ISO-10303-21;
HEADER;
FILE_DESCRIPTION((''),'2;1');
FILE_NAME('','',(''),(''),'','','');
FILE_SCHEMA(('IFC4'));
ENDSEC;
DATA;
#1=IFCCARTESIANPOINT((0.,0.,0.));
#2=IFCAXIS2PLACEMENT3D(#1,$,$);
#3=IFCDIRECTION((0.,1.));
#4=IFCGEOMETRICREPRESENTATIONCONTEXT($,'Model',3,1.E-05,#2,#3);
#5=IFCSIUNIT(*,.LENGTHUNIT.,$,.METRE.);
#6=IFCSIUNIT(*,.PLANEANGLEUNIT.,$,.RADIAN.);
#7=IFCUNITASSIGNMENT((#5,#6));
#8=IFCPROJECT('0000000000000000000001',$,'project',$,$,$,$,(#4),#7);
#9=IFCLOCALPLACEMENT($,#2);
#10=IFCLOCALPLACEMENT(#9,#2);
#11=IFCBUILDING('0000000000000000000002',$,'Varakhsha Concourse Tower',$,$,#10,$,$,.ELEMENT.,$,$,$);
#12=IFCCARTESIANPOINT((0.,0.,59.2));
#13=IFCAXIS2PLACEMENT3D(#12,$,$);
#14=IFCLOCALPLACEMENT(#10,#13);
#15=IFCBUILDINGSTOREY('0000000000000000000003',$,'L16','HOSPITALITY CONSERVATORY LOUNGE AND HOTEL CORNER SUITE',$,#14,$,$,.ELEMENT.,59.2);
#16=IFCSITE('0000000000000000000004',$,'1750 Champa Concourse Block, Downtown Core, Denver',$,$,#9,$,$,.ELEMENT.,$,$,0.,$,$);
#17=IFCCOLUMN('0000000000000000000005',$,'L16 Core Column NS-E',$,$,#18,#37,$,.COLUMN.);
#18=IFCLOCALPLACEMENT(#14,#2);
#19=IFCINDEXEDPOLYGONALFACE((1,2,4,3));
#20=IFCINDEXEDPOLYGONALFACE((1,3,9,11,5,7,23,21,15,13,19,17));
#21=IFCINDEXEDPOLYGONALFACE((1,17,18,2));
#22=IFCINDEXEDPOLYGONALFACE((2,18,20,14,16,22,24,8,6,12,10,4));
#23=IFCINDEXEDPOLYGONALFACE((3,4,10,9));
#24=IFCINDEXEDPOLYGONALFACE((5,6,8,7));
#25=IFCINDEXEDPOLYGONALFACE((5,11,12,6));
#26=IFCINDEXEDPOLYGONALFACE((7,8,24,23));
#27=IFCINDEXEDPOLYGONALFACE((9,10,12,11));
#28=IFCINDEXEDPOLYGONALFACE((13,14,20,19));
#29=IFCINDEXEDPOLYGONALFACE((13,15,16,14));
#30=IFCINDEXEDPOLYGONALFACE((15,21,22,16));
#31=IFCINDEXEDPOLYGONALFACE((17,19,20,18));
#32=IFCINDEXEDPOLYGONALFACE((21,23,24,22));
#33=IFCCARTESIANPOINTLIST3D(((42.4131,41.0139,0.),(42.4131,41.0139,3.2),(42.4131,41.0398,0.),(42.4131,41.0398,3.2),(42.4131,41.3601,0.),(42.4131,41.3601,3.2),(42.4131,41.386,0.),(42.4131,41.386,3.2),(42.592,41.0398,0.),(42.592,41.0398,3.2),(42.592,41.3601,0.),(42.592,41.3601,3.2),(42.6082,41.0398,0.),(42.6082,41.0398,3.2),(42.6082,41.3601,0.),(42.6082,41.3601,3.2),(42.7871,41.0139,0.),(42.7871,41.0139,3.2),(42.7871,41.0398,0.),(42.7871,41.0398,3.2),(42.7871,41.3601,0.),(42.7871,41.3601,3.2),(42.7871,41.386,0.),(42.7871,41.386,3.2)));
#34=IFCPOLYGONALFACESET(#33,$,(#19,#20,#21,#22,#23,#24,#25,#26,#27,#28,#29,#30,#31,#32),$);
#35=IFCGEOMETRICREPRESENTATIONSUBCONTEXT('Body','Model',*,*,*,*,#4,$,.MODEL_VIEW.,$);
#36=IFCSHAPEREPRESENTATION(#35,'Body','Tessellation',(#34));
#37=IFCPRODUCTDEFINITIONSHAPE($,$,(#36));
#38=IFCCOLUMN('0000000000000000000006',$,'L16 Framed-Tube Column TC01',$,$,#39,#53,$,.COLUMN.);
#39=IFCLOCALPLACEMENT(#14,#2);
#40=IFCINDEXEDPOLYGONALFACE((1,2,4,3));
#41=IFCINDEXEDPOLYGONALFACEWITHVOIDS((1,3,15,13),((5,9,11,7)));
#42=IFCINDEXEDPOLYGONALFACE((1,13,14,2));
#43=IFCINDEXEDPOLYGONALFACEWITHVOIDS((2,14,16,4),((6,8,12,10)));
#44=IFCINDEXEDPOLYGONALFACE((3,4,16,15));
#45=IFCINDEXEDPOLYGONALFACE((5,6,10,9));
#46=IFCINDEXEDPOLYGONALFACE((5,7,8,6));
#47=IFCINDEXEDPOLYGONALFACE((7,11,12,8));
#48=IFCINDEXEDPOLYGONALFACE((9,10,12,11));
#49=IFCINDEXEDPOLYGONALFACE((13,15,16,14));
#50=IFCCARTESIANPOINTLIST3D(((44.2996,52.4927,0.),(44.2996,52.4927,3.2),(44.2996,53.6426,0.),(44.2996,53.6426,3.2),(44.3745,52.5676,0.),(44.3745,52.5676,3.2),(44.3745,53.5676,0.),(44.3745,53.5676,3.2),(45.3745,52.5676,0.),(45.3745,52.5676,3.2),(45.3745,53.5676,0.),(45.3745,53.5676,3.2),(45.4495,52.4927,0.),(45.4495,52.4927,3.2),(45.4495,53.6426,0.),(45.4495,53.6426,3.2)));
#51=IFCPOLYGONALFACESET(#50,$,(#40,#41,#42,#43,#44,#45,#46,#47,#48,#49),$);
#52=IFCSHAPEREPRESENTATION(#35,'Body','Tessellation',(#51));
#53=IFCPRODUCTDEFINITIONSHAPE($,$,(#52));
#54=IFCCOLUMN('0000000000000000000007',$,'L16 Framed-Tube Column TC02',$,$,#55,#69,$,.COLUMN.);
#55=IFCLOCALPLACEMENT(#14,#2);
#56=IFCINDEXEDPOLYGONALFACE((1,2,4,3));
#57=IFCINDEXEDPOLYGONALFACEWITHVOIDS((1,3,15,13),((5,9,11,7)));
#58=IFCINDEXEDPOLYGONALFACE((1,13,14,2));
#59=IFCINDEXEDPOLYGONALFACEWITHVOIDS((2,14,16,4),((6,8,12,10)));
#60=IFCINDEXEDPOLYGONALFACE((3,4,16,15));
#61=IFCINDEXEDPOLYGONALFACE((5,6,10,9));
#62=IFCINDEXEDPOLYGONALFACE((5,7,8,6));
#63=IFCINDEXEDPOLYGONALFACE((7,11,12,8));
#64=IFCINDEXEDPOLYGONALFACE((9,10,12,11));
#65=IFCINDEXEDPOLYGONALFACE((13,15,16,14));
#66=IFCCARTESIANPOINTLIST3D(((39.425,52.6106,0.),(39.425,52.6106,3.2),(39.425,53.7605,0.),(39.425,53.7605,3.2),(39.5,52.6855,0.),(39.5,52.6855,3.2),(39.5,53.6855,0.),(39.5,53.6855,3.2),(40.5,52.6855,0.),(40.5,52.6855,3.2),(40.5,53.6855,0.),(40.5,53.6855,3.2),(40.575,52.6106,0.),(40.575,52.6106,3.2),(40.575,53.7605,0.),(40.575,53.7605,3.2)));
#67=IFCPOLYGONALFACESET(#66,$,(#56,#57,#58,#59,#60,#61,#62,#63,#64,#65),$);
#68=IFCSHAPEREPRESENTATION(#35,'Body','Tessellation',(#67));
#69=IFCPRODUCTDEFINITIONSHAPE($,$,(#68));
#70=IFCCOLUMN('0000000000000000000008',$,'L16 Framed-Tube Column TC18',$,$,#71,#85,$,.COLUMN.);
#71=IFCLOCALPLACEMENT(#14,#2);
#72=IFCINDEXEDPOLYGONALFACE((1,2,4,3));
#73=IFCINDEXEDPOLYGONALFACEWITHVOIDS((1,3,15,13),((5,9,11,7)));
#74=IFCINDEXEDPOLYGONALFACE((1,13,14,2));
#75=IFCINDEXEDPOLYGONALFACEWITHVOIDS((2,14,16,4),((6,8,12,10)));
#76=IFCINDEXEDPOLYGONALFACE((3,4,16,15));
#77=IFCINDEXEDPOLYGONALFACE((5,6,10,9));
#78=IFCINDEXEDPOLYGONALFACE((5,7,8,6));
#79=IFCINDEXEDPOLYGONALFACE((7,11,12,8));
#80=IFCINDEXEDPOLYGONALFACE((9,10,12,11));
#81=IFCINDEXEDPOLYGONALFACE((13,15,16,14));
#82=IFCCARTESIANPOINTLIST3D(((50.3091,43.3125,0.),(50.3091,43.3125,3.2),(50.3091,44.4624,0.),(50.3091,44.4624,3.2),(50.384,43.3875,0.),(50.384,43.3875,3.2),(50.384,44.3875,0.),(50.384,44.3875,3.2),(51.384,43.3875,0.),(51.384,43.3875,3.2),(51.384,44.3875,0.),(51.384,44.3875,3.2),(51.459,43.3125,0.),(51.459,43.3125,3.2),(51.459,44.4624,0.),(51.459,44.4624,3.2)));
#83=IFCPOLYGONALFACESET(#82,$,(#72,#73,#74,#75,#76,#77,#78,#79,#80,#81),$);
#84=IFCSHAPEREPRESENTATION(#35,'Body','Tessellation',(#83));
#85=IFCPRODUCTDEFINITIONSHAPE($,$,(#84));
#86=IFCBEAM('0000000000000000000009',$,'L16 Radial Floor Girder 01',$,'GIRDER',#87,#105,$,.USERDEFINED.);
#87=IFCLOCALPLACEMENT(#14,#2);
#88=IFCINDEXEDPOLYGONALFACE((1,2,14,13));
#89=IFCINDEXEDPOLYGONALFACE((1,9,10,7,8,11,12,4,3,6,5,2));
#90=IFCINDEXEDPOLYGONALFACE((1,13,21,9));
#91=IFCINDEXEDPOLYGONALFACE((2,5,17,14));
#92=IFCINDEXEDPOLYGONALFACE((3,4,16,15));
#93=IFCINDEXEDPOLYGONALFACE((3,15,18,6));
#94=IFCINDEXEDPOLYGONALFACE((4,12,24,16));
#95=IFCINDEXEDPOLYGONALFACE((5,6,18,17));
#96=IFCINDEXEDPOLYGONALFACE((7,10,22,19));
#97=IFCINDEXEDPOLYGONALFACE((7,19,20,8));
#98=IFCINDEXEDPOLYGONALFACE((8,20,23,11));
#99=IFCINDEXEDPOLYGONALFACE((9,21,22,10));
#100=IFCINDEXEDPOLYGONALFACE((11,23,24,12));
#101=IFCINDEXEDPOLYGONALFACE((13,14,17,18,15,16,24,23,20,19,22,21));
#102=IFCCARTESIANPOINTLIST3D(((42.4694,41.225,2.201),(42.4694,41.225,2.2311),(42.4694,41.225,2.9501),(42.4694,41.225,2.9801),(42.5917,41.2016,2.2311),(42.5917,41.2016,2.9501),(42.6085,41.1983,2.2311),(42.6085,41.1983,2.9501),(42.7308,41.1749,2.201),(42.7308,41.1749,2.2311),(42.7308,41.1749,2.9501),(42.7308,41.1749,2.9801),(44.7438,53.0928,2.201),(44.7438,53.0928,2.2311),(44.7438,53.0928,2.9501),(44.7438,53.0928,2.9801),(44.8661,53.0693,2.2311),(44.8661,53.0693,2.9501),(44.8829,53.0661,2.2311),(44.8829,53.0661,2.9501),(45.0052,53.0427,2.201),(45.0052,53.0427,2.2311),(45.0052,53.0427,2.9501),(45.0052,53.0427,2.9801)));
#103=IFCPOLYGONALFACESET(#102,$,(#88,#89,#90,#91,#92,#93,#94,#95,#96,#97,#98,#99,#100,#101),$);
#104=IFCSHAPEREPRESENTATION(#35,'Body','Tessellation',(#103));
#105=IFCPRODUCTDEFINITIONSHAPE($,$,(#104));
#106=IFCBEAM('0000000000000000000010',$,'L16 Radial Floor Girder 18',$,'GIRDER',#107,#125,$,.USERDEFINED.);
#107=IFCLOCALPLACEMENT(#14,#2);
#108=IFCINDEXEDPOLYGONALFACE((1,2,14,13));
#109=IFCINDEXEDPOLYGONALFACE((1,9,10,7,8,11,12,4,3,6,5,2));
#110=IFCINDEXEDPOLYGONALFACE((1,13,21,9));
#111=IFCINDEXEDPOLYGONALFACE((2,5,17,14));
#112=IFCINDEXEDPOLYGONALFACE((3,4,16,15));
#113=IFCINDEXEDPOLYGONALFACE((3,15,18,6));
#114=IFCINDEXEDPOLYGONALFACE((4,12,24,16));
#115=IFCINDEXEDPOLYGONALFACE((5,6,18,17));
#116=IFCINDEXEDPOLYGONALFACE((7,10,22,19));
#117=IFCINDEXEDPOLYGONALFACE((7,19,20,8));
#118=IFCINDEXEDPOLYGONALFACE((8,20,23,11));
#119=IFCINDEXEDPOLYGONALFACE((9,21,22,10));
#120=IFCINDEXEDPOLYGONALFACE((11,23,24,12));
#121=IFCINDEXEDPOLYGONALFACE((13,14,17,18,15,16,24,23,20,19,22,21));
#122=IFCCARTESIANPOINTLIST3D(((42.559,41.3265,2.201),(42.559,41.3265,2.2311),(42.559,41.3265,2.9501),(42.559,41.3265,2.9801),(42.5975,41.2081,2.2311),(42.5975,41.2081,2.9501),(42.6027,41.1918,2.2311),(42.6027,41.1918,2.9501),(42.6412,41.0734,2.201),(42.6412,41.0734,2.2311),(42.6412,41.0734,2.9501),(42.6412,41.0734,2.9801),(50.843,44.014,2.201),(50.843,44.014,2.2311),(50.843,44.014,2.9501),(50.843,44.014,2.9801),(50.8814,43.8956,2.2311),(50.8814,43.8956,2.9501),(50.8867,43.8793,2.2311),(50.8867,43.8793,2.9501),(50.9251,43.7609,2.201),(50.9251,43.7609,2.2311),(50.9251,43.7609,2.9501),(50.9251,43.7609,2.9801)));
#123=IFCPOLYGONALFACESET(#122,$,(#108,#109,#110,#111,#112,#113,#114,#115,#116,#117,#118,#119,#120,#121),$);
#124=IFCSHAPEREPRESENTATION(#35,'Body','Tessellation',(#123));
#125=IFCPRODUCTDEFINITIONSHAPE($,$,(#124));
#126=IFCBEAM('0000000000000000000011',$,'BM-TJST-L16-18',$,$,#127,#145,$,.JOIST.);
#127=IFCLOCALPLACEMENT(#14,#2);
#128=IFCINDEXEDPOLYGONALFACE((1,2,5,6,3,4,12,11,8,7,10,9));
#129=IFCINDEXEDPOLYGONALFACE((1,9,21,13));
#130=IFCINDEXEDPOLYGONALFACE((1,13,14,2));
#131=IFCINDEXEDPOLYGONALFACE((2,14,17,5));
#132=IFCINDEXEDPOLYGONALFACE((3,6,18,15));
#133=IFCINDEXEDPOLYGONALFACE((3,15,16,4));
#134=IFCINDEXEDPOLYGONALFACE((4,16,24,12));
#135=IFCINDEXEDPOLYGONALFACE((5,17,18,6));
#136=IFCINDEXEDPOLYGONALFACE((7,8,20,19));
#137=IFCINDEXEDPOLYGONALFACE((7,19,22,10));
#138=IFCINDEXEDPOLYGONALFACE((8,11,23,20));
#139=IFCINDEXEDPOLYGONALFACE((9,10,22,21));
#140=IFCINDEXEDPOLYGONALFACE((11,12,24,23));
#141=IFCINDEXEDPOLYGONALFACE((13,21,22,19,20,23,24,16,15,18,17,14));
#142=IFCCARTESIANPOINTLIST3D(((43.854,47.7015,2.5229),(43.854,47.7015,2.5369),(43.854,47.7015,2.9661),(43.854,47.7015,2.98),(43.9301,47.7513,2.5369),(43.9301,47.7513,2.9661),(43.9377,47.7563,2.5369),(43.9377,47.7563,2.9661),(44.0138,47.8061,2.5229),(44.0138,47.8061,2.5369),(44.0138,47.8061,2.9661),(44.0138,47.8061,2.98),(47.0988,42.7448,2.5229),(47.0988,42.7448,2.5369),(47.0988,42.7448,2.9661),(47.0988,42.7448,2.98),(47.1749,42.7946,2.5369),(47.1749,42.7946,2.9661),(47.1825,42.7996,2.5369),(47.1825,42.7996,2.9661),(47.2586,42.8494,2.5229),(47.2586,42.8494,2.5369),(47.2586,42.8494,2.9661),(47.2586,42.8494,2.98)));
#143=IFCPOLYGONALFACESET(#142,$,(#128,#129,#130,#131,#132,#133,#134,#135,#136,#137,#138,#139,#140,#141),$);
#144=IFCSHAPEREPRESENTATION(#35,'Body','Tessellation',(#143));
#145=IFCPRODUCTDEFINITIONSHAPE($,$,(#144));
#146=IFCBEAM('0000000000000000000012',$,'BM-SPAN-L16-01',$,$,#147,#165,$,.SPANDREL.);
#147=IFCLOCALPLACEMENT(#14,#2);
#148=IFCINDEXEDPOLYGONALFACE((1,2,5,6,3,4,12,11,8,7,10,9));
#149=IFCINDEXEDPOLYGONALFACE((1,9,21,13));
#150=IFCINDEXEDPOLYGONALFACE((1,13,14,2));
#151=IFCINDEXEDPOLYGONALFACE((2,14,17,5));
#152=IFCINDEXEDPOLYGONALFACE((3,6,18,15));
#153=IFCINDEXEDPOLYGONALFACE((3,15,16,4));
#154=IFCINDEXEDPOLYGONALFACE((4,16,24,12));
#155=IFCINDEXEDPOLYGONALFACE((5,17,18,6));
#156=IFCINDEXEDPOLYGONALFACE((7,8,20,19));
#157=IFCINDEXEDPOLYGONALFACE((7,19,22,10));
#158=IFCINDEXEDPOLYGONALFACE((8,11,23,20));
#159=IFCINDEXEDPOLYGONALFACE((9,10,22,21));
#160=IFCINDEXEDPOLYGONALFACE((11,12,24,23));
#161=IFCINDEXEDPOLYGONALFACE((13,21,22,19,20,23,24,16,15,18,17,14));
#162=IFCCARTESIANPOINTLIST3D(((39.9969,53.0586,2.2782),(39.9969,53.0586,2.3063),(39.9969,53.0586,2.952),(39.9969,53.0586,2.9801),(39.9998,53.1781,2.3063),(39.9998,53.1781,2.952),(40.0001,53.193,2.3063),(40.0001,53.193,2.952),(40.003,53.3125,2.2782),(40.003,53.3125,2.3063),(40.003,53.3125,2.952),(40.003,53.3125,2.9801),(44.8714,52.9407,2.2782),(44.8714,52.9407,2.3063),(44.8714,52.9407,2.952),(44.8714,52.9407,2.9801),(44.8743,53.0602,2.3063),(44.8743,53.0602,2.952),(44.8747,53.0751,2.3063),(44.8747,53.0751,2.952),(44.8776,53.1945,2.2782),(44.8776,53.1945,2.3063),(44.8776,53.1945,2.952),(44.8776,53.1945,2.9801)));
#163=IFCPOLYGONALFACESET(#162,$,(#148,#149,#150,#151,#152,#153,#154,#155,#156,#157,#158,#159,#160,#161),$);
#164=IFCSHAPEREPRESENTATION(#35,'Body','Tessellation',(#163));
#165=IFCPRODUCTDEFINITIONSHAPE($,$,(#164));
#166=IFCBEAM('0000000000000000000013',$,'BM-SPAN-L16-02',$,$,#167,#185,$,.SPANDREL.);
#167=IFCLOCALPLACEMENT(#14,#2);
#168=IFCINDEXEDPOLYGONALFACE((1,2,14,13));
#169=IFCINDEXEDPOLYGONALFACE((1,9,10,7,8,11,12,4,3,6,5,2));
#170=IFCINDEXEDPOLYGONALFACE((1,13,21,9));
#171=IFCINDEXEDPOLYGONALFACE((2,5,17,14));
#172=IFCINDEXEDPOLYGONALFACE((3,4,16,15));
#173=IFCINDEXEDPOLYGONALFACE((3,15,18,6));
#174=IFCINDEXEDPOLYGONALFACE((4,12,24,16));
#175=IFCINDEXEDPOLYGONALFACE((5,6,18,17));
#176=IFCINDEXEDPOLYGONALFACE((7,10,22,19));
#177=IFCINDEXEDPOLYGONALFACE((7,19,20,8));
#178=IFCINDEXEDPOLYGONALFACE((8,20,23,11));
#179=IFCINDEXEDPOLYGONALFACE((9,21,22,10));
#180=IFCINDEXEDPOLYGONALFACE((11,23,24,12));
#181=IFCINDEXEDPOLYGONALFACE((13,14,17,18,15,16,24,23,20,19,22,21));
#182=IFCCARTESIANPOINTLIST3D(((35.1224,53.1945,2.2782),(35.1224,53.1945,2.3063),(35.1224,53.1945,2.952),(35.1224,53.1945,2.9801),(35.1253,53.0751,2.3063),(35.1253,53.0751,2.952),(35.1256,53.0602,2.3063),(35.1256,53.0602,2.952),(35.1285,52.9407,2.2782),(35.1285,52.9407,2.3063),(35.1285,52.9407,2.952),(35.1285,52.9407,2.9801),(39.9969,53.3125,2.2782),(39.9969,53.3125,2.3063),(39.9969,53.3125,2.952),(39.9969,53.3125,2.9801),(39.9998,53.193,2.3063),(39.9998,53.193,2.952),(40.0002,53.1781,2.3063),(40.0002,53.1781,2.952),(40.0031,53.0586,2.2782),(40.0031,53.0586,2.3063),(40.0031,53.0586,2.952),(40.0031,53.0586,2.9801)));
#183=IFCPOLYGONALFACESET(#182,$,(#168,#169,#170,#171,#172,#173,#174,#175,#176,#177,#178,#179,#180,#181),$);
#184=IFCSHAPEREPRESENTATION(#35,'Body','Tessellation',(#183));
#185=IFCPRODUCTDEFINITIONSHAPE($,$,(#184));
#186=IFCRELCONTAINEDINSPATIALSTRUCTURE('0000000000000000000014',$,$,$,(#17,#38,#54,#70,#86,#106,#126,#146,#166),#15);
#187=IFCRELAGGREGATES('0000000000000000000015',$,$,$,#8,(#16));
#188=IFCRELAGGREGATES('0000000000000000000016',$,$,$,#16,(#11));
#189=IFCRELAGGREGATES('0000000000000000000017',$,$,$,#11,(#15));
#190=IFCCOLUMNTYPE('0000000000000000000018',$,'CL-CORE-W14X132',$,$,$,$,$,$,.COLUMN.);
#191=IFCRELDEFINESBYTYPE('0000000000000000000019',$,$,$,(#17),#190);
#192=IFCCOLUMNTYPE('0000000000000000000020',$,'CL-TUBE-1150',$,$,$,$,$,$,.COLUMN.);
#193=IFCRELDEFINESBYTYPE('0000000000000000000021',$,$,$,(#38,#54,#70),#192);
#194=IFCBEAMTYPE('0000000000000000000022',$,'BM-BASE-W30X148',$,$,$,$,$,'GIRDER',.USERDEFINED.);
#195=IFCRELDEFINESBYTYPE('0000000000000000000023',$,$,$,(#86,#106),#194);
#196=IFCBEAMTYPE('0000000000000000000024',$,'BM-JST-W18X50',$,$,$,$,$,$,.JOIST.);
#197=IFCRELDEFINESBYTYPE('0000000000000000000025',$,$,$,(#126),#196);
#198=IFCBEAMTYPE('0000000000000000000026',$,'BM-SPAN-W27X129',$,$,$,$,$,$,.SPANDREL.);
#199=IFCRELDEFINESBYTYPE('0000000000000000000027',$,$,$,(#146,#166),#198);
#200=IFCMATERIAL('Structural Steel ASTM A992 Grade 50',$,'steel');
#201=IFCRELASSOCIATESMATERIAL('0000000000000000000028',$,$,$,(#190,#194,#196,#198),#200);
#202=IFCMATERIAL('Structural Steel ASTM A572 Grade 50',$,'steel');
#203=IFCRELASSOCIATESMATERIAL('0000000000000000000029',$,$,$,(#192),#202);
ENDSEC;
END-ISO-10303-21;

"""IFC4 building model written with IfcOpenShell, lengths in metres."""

from ifc_helpers import new_model, si_unit, direction, frame, origin, origin_2d, place, context, subcontext, project, spatial, hollow_rectangle, i_section, extrude, material, material_profile, profile_set, type_object, element, save


model = new_model("IFC4")

# Units and contexts
model_context = context("Model", 3, precision=1e-05, world=origin(), true_north=direction((0.0, 1.0)))
body_context = subcontext(model_context, "Body", "Model", "MODEL_VIEW")
ifc_project = project(units=[si_unit("LENGTHUNIT", "METRE"), si_unit("PLANEANGLEUNIT", "RADIAN")], contexts=[model_context])

# Site, building, storey
site_placement = place(None, origin())
site = spatial("IfcSite", under=ifc_project, at=site_placement, Name="1750 Champa Concourse Block, Downtown Core, Denver", CompositionType="ELEMENT", RefElevation=0.0)
building_placement = place(site_placement, origin())
building = spatial("IfcBuilding", under=site, at=building_placement, Name="Varakhsha Concourse Tower", CompositionType="ELEMENT")
storey_placement = place(building_placement, frame((0.0, 0.0, 59.2)))
storey = spatial("IfcBuildingStorey", under=building, at=storey_placement, Name="L16", Description="HOSPITALITY CONSERVATORY LOUNGE AND HOTEL CORNER SUITE", CompositionType="ELEMENT", Elevation=59.2)

# Columns
ifc_material_1 = material(Name="Structural Steel ASTM A992 Grade 50", Category="steel")
ifc_material_profile_1 = material_profile(ifc_material_1, i_section(OverallWidth=0.374, OverallDepth=0.3721, WebThickness=0.0161, FlangeThickness=0.0259, at=origin_2d()), Name="W14X132")
ifc_profile_set_1 = profile_set([ifc_material_profile_1], Name="Structural Steel ASTM A992 Grade 50")
column_type_1 = type_object("IfcColumnType", Name="CL-CORE-W14X132", PredefinedType="COLUMN", material=ifc_profile_set_1)
column_placement = place(storey_placement, frame((42.6001, 41.2, 0.0), z_axis=(0.0, 0.0, 1.0), x_axis=(1.0, 0.0, 0.0)))
element("IfcColumn", 1, at=column_placement, inside=storey, type_object=column_type_1, Name="L16 Core Column NS-E", PredefinedType="COLUMN", context=body_context, shape_type="SweptSolid", body=[
    extrude(i_section(OverallWidth=0.374, OverallDepth=0.3721, WebThickness=0.0161, FlangeThickness=0.0259, at=origin_2d()), origin(), (0.0, 0.0, 1.0), 3.2),
])
ifc_material_2 = material(Name="Structural Steel ASTM A572 Grade 50", Category="steel")
ifc_material_profile_2 = material_profile(ifc_material_2, hollow_rectangle(XDim=1.1499, YDim=1.1499, WallThickness=0.075, at=origin_2d()), Name="BOX 1150x1150x75")
ifc_profile_set_2 = profile_set([ifc_material_profile_2], Name="Structural Steel ASTM A572 Grade 50")
column_type_2 = type_object("IfcColumnType", Name="CL-TUBE-1150", PredefinedType="COLUMN", material=ifc_profile_set_2)
for number, where, z_axis, x_axis, name in (
    (2, (44.8745, 53.0676, 0.0), (0.0, 0.0, 1.0), (1.0, 0.0, 0.0), "L16 Framed-Tube Column TC01"),
    (3, (40.0, 53.1855, 0.0), (0.0, 0.0, 1.0), (1.0, 0.0, 0.0), "L16 Framed-Tube Column TC02"),
    (4, (50.884, 43.8875, 0.0), (0.0, 0.0, 1.0), (1.0, 0.0, 0.0), "L16 Framed-Tube Column TC18"),
):
    element("IfcColumn", number, at=place(storey_placement, frame(where, z_axis=z_axis, x_axis=x_axis)), inside=storey, type_object=column_type_2, Name=name, PredefinedType="COLUMN", context=body_context, shape_type="SweptSolid", body=[
        extrude(hollow_rectangle(XDim=1.1499, YDim=1.1499, WallThickness=0.075, at=origin_2d()), origin(), (0.0, 0.0, 1.0), 3.2),
    ])

# Beams
ifc_material_profile_3 = material_profile(ifc_material_1, i_section(OverallWidth=0.2661, OverallDepth=0.7791, WebThickness=0.0171, FlangeThickness=0.03, at=origin_2d()), Name="W30X148")
ifc_profile_set_3 = profile_set([ifc_material_profile_3], Name="Structural Steel ASTM A992 Grade 50")
beam_type_1 = type_object("IfcBeamType", Name="BM-BASE-W30X148", ElementType="GIRDER", PredefinedType="USERDEFINED", material=ifc_profile_set_3)
beam_1_placement = place(storey_placement, frame((42.6001, 41.2, 2.5906), z_axis=(0.188222, 0.982126, 0.0), x_axis=(-0.982126, 0.188222, 0.0)))
element("IfcBeam", 5, at=beam_1_placement, inside=storey, type_object=beam_type_1, Name="L16 Radial Floor Girder 01", ObjectType="GIRDER", PredefinedType="USERDEFINED", context=body_context, shape_type="SweptSolid", body=[
    extrude(i_section(OverallWidth=0.2661, OverallDepth=0.7791, WebThickness=0.0171, FlangeThickness=0.03, at=origin_2d()), origin(), (0.0, 0.0, 1.0), 12.0837),
])
beam_2_placement = place(storey_placement, frame((42.6001, 41.2, 2.5906), z_axis=(0.951195, 0.30859, 0.0), x_axis=(-0.30859, 0.951195, 0.0)))
element("IfcBeam", 6, at=beam_2_placement, inside=storey, type_object=beam_type_1, Name="L16 Radial Floor Girder 18", ObjectType="GIRDER", PredefinedType="USERDEFINED", context=body_context, shape_type="SweptSolid", body=[
    extrude(i_section(OverallWidth=0.2661, OverallDepth=0.7791, WebThickness=0.0171, FlangeThickness=0.03, at=origin_2d()), origin(), (0.0, 0.0, 1.0), 8.709),
])
ifc_material_profile_4 = material_profile(ifc_material_1, i_section(OverallWidth=0.1909, OverallDepth=0.457, WebThickness=0.009, FlangeThickness=0.0139, at=origin_2d()), Name="W18X50")
ifc_profile_set_4 = profile_set([ifc_material_profile_4], Name="Structural Steel ASTM A992 Grade 50")
beam_type_2 = type_object("IfcBeamType", Name="BM-JST-W18X50", PredefinedType="JOIST", material=ifc_profile_set_4)
beam_3_placement = place(storey_placement, frame((47.1787, 42.7971, 2.7515), z_axis=(-0.54771, 0.836668, 0.0), x_axis=(-0.836668, -0.54771, 0.0)))
element("IfcBeam", 7, at=beam_3_placement, inside=storey, type_object=beam_type_2, Name="BM-TJST-L16-18", PredefinedType="JOIST", context=body_context, shape_type="SweptSolid", body=[
    extrude(i_section(OverallWidth=0.1909, OverallDepth=0.457, WebThickness=0.009, FlangeThickness=0.0139, at=origin_2d()), origin(), (0.0, 0.0, 1.0), 5.9243),
])
ifc_material_profile_5 = material_profile(ifc_material_1, i_section(OverallWidth=0.2539, OverallDepth=0.7019, WebThickness=0.0149, FlangeThickness=0.0281, at=origin_2d()), Name="W27X129")
ifc_profile_set_5 = profile_set([ifc_material_profile_5], Name="Structural Steel ASTM A992 Grade 50")
beam_type_3 = type_object("IfcBeamType", Name="BM-SPAN-W27X129", PredefinedType="SPANDREL", material=ifc_profile_set_5)
for number, where, z_axis, x_axis, name in (
    (8, (44.8745, 53.0676, 2.6292), (-0.999708, 0.024184, 0.0), (-0.024184, -0.999708, 0.0), "BM-SPAN-L16-01"),
    (9, (40.0, 53.1855, 2.6292), (-0.999708, -0.024184, 0.0), (0.024184, -0.999708, 0.0), "BM-SPAN-L16-02"),
):
    element("IfcBeam", number, at=place(storey_placement, frame(where, z_axis=z_axis, x_axis=x_axis)), inside=storey, type_object=beam_type_3, Name=name, PredefinedType="SPANDREL", context=body_context, shape_type="SweptSolid", body=[
        extrude(i_section(OverallWidth=0.2539, OverallDepth=0.7019, WebThickness=0.0149, FlangeThickness=0.0281, at=origin_2d()), origin(), (0.0, 0.0, 1.0), 4.876),
    ])

save(model, "model.ifc")
